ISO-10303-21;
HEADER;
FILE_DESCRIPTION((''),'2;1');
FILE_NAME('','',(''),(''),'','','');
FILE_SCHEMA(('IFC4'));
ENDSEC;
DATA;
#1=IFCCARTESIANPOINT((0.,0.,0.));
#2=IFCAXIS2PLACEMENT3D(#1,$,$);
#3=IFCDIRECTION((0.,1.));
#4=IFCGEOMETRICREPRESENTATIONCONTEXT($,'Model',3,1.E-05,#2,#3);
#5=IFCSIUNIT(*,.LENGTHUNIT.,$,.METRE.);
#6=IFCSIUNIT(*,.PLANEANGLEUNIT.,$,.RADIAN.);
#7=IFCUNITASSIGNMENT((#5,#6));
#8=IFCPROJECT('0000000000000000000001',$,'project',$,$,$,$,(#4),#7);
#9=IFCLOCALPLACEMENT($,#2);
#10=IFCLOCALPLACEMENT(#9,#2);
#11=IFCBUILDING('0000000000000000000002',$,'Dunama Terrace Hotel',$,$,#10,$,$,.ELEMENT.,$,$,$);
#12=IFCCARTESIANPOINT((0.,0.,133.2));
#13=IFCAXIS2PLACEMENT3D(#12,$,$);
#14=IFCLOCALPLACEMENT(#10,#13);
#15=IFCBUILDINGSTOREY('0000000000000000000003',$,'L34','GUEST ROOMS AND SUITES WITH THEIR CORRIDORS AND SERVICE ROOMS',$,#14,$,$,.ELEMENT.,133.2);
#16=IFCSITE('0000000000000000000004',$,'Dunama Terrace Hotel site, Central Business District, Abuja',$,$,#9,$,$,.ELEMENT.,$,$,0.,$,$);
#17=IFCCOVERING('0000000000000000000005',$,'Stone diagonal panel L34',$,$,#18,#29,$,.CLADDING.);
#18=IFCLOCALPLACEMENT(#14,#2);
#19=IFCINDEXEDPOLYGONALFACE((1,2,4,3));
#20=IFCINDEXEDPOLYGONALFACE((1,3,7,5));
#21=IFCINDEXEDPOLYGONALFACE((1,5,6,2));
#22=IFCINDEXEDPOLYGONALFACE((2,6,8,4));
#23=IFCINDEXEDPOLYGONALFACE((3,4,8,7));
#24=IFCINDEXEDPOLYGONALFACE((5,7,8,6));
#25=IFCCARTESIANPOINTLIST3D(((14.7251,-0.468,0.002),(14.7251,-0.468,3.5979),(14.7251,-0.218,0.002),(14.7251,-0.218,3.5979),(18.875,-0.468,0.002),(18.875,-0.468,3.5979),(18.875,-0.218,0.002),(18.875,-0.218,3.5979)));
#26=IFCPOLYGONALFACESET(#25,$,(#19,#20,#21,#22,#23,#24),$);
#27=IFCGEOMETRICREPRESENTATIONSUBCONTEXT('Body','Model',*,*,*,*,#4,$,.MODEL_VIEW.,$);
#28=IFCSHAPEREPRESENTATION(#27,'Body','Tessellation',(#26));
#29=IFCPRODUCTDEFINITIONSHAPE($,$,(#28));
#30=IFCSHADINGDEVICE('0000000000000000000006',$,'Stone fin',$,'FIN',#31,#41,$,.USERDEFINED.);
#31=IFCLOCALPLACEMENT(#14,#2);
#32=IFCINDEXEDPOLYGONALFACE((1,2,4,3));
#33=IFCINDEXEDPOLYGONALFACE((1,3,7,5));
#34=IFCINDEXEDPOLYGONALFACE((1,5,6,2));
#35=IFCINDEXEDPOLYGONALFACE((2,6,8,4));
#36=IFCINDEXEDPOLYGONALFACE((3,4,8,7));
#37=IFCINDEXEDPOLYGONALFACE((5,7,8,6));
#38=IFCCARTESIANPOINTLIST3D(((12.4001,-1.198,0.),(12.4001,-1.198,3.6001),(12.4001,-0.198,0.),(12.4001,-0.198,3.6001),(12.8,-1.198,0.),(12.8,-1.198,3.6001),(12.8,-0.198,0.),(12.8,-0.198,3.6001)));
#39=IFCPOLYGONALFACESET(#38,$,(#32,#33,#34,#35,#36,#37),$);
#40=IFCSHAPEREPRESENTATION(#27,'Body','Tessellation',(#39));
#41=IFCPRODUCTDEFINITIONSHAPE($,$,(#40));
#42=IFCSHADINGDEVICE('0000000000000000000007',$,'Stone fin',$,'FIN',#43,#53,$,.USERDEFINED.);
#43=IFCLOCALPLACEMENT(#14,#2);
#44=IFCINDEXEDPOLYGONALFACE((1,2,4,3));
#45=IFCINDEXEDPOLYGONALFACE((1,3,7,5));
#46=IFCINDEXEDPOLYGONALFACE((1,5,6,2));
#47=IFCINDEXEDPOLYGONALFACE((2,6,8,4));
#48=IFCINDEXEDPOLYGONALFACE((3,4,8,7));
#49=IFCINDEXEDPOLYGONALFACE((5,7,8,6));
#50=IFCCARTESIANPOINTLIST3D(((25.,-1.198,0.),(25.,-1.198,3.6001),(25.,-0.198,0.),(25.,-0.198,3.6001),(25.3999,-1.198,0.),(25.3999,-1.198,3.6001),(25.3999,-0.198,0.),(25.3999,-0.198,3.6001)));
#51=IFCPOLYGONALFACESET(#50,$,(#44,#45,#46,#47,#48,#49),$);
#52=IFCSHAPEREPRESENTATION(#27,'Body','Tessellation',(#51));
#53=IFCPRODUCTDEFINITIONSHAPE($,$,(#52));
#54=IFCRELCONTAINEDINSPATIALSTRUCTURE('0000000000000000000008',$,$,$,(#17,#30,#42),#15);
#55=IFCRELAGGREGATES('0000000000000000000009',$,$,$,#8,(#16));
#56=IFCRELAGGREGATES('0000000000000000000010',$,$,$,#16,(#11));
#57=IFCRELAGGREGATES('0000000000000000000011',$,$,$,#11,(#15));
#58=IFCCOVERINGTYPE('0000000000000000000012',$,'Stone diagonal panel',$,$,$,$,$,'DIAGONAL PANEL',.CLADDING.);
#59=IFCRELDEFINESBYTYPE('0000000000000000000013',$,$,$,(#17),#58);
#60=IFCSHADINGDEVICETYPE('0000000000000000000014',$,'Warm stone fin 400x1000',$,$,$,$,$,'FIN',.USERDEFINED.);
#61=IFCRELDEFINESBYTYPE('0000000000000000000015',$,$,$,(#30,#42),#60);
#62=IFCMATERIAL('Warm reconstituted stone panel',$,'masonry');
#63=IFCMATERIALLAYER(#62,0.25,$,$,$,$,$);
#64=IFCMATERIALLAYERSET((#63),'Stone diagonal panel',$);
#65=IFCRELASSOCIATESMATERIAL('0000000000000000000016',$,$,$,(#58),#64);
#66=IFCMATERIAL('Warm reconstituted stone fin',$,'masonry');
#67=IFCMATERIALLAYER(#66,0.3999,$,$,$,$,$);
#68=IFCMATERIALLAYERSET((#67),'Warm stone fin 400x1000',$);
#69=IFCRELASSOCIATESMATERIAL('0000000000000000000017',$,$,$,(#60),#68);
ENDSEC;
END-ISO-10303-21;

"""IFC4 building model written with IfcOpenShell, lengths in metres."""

from ifc_helpers import new_model, si_unit, direction, frame, origin, origin_2d, place, context, subcontext, project, spatial, rectangle, extrude, material, layer, layer_set, type_object, element, save


model = new_model("IFC4")

# Units and contexts
model_context = context("Model", 3, precision=1e-05, world=origin(), true_north=direction((0.0, 1.0)))
body_context = subcontext(model_context, "Body", "Model", "MODEL_VIEW")
ifc_project = project(units=[si_unit("LENGTHUNIT", "METRE"), si_unit("PLANEANGLEUNIT", "RADIAN")], contexts=[model_context])

# Site, building, storey
site_placement = place(None, origin())
site = spatial("IfcSite", under=ifc_project, at=site_placement, Name="Dunama Terrace Hotel site, Central Business District, Abuja", CompositionType="ELEMENT", RefElevation=0.0)
building_placement = place(site_placement, origin())
building = spatial("IfcBuilding", under=site, at=building_placement, Name="Dunama Terrace Hotel", CompositionType="ELEMENT")
storey_placement = place(building_placement, frame((0.0, 0.0, 133.2)))
storey = spatial("IfcBuildingStorey", under=building, at=storey_placement, Name="L34", Description="GUEST ROOMS AND SUITES WITH THEIR CORRIDORS AND SERVICE ROOMS", CompositionType="ELEMENT", Elevation=133.2)

# Covering
ifc_material_1 = material(Name="Warm reconstituted stone panel", Category="masonry")
ifc_layer_1 = layer(ifc_material_1, 0.25)
ifc_layer_set_1 = layer_set([ifc_layer_1], Name="Stone diagonal panel")
covering_type = type_object("IfcCoveringType", Name="Stone diagonal panel", ElementType="DIAGONAL PANEL", PredefinedType="CLADDING", material=ifc_layer_set_1)
covering_placement = place(storey_placement, frame((16.8, -0.343, 0.002), z_axis=(0.0, 0.0, 1.0), x_axis=(1.0, 0.0, 0.0)))
element("IfcCovering", 1, at=covering_placement, inside=storey, type_object=covering_type, Name="Stone diagonal panel L34", PredefinedType="CLADDING", context=body_context, shape_type="SweptSolid", body=[
    extrude(rectangle(XDim=4.1499, YDim=0.25, at=origin_2d()), origin(), (0.0, 0.0, 1.0), 3.5959),
])

# Shading devices
ifc_material_2 = material(Name="Warm reconstituted stone fin", Category="masonry")
ifc_layer_2 = layer(ifc_material_2, 0.3999)
ifc_layer_set_2 = layer_set([ifc_layer_2], Name="Warm stone fin 400x1000")
shading_device_type = type_object("IfcShadingDeviceType", Name="Warm stone fin 400x1000", ElementType="FIN", PredefinedType="USERDEFINED", material=ifc_layer_set_2)
for number, where, z_axis, x_axis, name in (
    (2, (12.6001, -0.698, 0.0), (0.0, 0.0, 1.0), (1.0, 0.0, 0.0), "Stone fin"),
    (3, (25.2, -0.698, 0.0), (0.0, 0.0, 1.0), (1.0, 0.0, 0.0), "Stone fin"),
):
    element("IfcShadingDevice", number, at=place(storey_placement, frame(where, z_axis=z_axis, x_axis=x_axis)), inside=storey, type_object=shading_device_type, Name=name, ObjectType="FIN", PredefinedType="USERDEFINED", context=body_context, shape_type="SweptSolid", body=[
        extrude(rectangle(XDim=0.3999, YDim=1.0, at=origin_2d()), origin(), (0.0, 0.0, 1.0), 3.6001),
    ])

save(model, "model.ifc")
